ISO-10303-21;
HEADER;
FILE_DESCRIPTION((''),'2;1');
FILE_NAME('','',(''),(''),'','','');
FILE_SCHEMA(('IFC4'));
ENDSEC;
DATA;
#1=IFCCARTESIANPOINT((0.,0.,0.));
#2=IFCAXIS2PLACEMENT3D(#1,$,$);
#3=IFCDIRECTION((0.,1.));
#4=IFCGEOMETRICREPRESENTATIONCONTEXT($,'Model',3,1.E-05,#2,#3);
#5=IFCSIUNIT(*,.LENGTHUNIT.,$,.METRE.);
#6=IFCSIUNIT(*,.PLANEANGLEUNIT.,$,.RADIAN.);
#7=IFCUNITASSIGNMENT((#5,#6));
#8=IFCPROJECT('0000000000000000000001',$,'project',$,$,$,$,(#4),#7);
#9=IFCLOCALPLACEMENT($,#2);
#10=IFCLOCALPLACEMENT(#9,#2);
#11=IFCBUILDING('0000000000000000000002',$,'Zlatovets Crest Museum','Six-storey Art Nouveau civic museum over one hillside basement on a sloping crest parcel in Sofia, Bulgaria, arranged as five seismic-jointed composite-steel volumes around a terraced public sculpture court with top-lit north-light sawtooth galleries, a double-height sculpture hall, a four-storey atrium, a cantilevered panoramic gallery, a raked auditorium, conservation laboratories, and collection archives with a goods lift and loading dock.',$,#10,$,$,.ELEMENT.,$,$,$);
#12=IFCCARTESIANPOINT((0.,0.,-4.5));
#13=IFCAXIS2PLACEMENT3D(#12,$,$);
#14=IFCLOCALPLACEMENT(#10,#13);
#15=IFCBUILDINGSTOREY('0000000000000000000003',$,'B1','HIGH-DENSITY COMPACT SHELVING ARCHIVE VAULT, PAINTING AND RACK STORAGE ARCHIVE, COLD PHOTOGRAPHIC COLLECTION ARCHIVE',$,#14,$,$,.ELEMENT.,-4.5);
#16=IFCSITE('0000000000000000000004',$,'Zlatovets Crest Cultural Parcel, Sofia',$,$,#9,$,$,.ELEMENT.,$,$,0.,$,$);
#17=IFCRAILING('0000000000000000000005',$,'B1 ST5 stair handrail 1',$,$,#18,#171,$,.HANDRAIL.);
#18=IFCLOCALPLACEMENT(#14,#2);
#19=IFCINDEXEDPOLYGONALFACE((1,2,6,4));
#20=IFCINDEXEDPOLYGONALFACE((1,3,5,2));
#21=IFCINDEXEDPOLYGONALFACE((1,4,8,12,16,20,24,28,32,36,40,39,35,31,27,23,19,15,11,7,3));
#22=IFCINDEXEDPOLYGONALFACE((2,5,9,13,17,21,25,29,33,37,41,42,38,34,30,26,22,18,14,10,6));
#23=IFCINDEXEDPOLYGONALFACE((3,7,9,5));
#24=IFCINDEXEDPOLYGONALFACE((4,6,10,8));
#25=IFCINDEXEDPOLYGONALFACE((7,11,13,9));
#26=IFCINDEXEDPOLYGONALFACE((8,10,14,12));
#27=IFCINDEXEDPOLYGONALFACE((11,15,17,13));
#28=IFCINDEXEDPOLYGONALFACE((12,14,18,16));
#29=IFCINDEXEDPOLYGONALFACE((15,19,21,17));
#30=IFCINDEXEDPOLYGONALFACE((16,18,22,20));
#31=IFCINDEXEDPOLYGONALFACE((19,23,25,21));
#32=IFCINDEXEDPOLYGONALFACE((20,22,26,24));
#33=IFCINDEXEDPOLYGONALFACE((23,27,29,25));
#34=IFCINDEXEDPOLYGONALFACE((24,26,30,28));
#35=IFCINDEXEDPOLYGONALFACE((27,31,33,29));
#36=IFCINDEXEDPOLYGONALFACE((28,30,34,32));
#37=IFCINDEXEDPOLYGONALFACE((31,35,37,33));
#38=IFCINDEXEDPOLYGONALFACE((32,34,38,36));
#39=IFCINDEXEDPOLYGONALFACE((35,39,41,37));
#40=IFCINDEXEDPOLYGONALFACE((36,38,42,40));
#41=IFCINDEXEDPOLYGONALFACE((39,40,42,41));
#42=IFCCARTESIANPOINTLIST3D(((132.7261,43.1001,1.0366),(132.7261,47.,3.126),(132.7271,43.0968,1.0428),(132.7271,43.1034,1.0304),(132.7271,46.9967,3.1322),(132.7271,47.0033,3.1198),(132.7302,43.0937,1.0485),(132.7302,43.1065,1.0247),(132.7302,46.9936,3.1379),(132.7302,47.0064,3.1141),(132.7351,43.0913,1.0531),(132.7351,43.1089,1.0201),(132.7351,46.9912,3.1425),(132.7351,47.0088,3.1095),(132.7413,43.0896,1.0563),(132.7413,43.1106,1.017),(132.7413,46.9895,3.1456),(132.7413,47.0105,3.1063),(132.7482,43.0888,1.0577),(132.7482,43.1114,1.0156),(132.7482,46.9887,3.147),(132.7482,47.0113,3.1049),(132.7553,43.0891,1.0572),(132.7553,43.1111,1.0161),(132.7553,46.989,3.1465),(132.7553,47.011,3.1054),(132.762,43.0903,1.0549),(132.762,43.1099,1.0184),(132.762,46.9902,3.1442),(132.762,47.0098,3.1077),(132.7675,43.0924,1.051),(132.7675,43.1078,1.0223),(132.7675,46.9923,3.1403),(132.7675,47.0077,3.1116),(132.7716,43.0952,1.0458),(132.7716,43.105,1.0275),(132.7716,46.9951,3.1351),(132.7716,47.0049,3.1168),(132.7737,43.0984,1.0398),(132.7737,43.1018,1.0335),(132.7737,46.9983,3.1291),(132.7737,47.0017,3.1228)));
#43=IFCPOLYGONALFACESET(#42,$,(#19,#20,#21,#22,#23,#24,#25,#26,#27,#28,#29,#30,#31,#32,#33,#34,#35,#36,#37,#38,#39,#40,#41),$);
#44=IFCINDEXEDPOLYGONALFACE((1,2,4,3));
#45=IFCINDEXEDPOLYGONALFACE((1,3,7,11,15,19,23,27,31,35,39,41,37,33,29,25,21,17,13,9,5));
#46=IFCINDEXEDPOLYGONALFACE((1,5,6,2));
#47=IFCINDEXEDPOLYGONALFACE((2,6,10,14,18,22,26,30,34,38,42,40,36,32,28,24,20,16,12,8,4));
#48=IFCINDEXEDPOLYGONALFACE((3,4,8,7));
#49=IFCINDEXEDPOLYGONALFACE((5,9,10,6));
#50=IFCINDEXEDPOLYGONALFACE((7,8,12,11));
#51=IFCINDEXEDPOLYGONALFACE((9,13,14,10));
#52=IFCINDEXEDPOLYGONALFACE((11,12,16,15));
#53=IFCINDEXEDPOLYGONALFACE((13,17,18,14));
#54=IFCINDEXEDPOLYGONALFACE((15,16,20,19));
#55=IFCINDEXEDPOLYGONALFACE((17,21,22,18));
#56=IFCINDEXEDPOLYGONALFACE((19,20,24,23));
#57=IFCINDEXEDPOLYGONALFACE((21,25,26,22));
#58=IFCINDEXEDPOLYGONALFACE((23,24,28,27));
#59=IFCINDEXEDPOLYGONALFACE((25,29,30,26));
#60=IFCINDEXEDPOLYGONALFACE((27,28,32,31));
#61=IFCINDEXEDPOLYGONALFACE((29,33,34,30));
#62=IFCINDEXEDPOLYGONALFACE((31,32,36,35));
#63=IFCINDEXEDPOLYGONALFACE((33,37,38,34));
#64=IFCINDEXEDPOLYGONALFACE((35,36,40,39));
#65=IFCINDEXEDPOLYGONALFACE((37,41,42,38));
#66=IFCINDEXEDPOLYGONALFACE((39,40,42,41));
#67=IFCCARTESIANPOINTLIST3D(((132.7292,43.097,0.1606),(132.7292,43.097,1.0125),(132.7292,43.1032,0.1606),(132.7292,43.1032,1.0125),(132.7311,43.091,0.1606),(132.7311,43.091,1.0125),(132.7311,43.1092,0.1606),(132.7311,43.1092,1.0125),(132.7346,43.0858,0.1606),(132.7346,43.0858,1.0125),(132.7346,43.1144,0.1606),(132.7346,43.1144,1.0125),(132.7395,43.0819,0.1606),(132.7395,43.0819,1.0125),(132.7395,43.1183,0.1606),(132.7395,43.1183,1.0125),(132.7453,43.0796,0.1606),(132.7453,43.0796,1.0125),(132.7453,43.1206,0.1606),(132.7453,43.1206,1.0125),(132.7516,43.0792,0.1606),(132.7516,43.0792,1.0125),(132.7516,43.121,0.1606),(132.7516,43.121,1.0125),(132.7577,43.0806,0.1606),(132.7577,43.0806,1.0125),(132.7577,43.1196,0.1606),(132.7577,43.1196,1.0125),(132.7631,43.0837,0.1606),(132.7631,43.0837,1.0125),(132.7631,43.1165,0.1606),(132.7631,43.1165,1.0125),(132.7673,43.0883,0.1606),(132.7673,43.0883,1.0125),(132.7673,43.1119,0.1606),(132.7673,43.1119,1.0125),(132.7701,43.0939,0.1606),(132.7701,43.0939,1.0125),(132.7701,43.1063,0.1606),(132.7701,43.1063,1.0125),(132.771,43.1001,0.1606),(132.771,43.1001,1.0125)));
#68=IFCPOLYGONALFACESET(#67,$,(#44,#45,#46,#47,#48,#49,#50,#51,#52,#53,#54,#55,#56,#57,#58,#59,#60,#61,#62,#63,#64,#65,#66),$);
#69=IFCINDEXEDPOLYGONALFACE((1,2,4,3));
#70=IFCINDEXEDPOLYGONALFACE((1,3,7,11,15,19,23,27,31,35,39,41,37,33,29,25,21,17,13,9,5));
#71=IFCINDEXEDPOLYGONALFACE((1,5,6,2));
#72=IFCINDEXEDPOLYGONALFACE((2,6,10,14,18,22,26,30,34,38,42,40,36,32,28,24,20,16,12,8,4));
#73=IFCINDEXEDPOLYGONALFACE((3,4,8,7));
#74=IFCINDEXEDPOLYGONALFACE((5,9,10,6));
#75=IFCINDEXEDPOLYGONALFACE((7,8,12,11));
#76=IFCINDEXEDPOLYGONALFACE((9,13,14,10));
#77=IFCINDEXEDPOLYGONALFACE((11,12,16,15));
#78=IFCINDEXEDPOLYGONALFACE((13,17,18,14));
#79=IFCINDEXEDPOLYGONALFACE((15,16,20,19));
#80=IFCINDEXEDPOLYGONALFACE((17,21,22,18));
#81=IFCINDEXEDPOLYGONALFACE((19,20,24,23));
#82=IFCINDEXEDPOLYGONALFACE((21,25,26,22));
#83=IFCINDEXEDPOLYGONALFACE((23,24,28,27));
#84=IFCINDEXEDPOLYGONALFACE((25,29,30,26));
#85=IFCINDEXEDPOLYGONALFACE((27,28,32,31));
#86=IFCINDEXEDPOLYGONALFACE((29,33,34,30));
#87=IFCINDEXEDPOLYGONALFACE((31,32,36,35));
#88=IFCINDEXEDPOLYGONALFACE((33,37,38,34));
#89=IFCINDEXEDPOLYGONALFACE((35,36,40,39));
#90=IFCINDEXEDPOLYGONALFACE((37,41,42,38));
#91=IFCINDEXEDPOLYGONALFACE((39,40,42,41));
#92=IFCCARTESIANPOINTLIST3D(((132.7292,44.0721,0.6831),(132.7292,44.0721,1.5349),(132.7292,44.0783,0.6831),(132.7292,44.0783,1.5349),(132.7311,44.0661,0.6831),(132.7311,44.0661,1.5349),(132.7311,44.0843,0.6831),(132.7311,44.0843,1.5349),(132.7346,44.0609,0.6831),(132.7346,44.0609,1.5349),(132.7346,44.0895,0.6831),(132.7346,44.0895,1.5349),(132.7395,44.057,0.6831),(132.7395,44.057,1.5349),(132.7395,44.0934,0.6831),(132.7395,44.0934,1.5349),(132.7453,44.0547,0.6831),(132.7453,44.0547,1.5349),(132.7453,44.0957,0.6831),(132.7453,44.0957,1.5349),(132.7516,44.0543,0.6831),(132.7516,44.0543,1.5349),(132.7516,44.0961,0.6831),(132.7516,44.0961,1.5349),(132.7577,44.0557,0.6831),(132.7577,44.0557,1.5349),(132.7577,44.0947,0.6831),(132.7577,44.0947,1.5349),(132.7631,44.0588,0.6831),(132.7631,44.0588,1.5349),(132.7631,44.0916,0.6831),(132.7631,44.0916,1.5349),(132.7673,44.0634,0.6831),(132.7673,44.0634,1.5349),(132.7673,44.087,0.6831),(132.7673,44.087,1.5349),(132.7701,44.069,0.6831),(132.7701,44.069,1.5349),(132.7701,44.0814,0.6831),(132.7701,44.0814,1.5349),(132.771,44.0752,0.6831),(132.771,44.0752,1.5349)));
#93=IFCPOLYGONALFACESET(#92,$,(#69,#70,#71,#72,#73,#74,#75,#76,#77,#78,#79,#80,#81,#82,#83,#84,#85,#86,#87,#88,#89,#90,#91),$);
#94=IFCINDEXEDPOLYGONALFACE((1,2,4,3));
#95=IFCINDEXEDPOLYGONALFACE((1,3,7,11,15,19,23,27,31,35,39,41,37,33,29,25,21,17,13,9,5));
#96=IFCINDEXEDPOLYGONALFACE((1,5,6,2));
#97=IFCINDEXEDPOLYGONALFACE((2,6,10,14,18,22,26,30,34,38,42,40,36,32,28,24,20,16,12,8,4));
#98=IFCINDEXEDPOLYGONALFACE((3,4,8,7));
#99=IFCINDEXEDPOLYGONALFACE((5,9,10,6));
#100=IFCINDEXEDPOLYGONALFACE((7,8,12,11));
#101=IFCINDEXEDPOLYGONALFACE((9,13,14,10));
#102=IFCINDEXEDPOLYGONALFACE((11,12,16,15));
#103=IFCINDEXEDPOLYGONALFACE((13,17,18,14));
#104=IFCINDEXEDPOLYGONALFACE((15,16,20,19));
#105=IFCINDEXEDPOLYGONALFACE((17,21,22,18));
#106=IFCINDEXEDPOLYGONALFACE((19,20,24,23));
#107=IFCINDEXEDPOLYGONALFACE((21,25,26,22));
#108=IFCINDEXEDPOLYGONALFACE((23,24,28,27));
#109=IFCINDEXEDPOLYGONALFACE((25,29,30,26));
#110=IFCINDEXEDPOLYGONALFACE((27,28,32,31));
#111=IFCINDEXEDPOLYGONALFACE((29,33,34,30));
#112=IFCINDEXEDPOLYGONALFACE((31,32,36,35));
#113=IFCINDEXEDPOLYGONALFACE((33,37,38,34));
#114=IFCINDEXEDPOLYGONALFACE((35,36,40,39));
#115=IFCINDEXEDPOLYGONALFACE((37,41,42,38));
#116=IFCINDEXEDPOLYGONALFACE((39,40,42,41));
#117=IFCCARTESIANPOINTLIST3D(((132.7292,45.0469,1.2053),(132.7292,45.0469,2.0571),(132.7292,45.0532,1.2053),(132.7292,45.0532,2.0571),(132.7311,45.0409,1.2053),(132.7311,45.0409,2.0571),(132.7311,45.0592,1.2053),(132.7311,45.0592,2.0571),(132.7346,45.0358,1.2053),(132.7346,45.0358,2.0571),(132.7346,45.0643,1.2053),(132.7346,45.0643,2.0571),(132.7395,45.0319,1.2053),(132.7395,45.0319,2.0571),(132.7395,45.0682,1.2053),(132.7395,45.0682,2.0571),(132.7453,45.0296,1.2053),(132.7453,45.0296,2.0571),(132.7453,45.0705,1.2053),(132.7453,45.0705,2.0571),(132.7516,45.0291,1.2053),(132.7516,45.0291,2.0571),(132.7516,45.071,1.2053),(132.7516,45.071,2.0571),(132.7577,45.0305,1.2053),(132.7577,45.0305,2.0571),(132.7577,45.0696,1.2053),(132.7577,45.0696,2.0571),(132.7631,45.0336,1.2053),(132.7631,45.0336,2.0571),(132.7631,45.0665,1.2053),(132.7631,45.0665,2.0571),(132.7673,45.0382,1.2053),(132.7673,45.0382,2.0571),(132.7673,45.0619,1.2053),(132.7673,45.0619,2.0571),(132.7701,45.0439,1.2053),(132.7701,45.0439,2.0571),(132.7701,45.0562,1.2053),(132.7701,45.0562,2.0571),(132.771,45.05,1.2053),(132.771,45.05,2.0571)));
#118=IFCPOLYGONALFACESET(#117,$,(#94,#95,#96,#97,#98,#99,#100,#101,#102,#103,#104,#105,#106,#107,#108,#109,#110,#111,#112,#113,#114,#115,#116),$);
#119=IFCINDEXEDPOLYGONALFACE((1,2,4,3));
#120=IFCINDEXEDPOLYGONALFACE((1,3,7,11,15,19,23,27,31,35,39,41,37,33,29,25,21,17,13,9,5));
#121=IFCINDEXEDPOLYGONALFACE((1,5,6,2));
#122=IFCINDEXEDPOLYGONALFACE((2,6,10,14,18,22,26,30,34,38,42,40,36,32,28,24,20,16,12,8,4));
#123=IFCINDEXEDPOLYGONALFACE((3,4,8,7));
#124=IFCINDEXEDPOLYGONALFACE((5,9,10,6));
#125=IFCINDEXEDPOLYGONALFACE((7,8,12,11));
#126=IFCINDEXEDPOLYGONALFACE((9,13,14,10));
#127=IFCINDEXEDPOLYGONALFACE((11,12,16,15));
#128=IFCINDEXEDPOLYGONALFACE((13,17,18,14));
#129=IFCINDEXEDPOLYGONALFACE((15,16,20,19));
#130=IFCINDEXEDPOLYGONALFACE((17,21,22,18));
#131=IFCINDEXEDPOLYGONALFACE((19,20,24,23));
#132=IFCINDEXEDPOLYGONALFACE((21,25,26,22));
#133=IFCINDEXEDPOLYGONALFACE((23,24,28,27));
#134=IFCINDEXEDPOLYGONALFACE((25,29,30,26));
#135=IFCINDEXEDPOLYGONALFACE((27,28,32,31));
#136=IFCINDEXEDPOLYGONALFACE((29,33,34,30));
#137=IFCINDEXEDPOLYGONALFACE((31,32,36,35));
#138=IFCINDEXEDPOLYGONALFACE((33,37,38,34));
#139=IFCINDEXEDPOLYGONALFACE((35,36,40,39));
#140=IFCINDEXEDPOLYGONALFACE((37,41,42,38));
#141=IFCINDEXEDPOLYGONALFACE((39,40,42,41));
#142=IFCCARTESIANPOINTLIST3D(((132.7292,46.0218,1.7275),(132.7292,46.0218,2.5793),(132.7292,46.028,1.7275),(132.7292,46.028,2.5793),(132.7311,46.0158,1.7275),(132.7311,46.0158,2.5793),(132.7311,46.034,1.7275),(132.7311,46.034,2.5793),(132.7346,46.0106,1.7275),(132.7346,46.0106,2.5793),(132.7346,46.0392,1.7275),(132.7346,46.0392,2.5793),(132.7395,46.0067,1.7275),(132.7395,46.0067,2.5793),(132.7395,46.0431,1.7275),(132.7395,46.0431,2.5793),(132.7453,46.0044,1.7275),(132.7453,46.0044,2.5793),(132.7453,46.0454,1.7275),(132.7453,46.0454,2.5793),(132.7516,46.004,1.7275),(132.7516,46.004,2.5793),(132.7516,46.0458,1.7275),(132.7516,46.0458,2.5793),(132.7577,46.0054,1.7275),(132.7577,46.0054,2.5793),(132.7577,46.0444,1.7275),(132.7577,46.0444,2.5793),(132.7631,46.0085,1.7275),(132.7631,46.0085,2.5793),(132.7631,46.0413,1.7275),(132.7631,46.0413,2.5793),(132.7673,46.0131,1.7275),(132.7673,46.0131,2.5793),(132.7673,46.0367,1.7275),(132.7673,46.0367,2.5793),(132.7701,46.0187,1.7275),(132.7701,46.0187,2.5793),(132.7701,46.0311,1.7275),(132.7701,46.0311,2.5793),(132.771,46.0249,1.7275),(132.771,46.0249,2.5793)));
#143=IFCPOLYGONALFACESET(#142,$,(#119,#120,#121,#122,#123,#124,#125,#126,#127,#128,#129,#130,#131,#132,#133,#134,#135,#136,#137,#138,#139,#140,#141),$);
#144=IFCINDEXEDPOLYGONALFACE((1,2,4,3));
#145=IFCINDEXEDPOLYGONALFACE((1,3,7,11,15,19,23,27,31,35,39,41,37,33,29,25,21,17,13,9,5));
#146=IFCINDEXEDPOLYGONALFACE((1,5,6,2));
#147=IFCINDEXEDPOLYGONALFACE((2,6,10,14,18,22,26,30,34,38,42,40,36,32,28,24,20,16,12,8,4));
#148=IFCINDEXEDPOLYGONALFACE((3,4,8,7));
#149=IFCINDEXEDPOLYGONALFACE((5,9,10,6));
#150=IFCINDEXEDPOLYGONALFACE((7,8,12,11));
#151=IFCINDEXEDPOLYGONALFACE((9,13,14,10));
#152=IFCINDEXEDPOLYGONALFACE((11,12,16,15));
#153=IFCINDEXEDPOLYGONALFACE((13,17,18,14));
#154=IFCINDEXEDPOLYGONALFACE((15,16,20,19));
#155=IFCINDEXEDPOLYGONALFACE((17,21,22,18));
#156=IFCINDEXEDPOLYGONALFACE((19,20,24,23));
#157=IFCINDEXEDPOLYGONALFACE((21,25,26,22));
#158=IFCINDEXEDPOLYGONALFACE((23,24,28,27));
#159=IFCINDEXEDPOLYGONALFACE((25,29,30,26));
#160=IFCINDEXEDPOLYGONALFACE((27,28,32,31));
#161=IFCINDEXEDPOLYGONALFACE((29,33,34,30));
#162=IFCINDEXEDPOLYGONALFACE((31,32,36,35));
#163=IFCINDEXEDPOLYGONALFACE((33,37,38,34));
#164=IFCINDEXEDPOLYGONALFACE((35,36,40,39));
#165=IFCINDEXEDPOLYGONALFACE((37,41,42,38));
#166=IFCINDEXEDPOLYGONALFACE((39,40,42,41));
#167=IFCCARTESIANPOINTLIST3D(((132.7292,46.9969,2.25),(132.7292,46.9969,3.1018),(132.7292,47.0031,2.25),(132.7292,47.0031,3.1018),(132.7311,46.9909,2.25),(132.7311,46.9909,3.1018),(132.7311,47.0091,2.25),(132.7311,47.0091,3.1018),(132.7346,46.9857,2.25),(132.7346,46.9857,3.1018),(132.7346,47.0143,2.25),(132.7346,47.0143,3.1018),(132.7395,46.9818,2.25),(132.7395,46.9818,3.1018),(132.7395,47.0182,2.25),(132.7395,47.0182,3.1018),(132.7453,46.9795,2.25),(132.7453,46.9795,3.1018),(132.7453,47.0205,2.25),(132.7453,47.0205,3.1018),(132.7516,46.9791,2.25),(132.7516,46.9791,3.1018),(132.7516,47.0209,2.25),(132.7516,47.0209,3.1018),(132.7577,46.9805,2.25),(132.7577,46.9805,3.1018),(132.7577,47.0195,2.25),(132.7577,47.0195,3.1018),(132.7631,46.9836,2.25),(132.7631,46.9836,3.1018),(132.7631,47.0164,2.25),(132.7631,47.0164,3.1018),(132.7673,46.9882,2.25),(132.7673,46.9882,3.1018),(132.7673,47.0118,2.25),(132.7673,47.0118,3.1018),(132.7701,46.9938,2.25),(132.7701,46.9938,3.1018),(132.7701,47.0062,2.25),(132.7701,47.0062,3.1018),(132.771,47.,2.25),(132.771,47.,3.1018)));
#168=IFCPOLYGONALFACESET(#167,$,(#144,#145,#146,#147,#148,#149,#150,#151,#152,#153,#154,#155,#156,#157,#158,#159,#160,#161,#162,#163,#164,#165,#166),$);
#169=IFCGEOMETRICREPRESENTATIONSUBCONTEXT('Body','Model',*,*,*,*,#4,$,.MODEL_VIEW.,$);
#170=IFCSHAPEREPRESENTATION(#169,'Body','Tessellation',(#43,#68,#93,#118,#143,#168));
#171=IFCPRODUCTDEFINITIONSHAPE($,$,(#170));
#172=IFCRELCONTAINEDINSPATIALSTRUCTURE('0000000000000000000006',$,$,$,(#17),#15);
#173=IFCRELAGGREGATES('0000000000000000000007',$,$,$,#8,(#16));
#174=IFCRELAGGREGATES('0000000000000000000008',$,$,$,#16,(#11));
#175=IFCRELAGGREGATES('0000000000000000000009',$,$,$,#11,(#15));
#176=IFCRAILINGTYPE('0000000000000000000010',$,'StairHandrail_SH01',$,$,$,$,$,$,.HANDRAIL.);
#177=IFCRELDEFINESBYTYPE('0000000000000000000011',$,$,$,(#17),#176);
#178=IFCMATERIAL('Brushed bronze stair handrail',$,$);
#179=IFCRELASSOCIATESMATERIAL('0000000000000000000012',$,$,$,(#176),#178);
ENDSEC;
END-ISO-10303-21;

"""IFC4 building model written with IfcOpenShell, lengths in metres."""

from ifc_helpers import new_model, si_unit, direction, frame, origin, origin_2d, place, context, subcontext, project, spatial, circle, extrude, material, type_object, element, save


model = new_model("IFC4")

# Units and contexts
model_context = context("Model", 3, precision=1e-05, world=origin(), true_north=direction((0.0, 1.0)))
body_context = subcontext(model_context, "Body", "Model", "MODEL_VIEW")
ifc_project = project(units=[si_unit("LENGTHUNIT", "METRE"), si_unit("PLANEANGLEUNIT", "RADIAN")], contexts=[model_context])

# Site, building, storey
site_placement = place(None, origin())
site = spatial("IfcSite", under=ifc_project, at=site_placement, Name="Zlatovets Crest Cultural Parcel, Sofia", CompositionType="ELEMENT", RefElevation=0.0)
building_placement = place(site_placement, origin())
building = spatial("IfcBuilding", under=site, at=building_placement, Name="Zlatovets Crest Museum", Description="Six-storey Art Nouveau civic museum over one hillside basement on a sloping crest parcel in Sofia, Bulgaria, arranged as five seismic-jointed composite-steel volumes around a terraced public sculpture court with top-lit north-light sawtooth galleries, a double-height sculpture hall, a four-storey atrium, a cantilevered panoramic gallery, a raked auditorium, conservation laboratories, and collection archives with a goods lift and loading dock.", CompositionType="ELEMENT")
storey_placement = place(building_placement, frame((0.0, 0.0, -4.5)))
storey = spatial("IfcBuildingStorey", under=building, at=storey_placement, Name="B1", Description="HIGH-DENSITY COMPACT SHELVING ARCHIVE VAULT, PAINTING AND RACK STORAGE ARCHIVE, COLD PHOTOGRAPHIC COLLECTION ARCHIVE", CompositionType="ELEMENT", Elevation=-4.5)

# Railing
ifc_material_1 = material(Name="Brushed bronze stair handrail")
railing_type_1 = type_object("IfcRailingType", Name="StairHandrail_SH01", PredefinedType="HANDRAIL", material=ifc_material_1)
railing_1_placement = place(storey_placement, frame((132.75, 43.1001, 0.1606)))
element("IfcRailing", 1, at=railing_1_placement, inside=storey, type_object=railing_type_1, Name="B1 ST5 stair handrail 1", PredefinedType="HANDRAIL", context=body_context, shape_type="SweptSolid", body=[
    extrude(circle(Radius=0.0239, at=origin_2d()), frame((0.0, 0.0, 0.876), z_axis=(0.0, 0.881468, 0.472243), x_axis=(-1.0, 0.0, 0.0)), (0.0, 0.0, 1.0), 4.4243),
    extrude(circle(Radius=0.021, at=origin_2d()), origin(), (0.0, 0.0, 1.0), 0.8518),
    extrude(circle(Radius=0.021, at=origin_2d()), frame((0.0, 0.9751, 0.5225)), (0.0, 0.0, 1.0), 0.8518),
    extrude(circle(Radius=0.021, at=origin_2d()), frame((0.0, 1.95, 1.0447)), (0.0, 0.0, 1.0), 0.8518),
    extrude(circle(Radius=0.021, at=origin_2d()), frame((0.0, 2.9248, 1.5669)), (0.0, 0.0, 1.0), 0.8518),
    extrude(circle(Radius=0.021, at=origin_2d()), frame((0.0, 3.8999, 2.0894)), (0.0, 0.0, 1.0), 0.8518),
])

save(model, "model.ifc")
